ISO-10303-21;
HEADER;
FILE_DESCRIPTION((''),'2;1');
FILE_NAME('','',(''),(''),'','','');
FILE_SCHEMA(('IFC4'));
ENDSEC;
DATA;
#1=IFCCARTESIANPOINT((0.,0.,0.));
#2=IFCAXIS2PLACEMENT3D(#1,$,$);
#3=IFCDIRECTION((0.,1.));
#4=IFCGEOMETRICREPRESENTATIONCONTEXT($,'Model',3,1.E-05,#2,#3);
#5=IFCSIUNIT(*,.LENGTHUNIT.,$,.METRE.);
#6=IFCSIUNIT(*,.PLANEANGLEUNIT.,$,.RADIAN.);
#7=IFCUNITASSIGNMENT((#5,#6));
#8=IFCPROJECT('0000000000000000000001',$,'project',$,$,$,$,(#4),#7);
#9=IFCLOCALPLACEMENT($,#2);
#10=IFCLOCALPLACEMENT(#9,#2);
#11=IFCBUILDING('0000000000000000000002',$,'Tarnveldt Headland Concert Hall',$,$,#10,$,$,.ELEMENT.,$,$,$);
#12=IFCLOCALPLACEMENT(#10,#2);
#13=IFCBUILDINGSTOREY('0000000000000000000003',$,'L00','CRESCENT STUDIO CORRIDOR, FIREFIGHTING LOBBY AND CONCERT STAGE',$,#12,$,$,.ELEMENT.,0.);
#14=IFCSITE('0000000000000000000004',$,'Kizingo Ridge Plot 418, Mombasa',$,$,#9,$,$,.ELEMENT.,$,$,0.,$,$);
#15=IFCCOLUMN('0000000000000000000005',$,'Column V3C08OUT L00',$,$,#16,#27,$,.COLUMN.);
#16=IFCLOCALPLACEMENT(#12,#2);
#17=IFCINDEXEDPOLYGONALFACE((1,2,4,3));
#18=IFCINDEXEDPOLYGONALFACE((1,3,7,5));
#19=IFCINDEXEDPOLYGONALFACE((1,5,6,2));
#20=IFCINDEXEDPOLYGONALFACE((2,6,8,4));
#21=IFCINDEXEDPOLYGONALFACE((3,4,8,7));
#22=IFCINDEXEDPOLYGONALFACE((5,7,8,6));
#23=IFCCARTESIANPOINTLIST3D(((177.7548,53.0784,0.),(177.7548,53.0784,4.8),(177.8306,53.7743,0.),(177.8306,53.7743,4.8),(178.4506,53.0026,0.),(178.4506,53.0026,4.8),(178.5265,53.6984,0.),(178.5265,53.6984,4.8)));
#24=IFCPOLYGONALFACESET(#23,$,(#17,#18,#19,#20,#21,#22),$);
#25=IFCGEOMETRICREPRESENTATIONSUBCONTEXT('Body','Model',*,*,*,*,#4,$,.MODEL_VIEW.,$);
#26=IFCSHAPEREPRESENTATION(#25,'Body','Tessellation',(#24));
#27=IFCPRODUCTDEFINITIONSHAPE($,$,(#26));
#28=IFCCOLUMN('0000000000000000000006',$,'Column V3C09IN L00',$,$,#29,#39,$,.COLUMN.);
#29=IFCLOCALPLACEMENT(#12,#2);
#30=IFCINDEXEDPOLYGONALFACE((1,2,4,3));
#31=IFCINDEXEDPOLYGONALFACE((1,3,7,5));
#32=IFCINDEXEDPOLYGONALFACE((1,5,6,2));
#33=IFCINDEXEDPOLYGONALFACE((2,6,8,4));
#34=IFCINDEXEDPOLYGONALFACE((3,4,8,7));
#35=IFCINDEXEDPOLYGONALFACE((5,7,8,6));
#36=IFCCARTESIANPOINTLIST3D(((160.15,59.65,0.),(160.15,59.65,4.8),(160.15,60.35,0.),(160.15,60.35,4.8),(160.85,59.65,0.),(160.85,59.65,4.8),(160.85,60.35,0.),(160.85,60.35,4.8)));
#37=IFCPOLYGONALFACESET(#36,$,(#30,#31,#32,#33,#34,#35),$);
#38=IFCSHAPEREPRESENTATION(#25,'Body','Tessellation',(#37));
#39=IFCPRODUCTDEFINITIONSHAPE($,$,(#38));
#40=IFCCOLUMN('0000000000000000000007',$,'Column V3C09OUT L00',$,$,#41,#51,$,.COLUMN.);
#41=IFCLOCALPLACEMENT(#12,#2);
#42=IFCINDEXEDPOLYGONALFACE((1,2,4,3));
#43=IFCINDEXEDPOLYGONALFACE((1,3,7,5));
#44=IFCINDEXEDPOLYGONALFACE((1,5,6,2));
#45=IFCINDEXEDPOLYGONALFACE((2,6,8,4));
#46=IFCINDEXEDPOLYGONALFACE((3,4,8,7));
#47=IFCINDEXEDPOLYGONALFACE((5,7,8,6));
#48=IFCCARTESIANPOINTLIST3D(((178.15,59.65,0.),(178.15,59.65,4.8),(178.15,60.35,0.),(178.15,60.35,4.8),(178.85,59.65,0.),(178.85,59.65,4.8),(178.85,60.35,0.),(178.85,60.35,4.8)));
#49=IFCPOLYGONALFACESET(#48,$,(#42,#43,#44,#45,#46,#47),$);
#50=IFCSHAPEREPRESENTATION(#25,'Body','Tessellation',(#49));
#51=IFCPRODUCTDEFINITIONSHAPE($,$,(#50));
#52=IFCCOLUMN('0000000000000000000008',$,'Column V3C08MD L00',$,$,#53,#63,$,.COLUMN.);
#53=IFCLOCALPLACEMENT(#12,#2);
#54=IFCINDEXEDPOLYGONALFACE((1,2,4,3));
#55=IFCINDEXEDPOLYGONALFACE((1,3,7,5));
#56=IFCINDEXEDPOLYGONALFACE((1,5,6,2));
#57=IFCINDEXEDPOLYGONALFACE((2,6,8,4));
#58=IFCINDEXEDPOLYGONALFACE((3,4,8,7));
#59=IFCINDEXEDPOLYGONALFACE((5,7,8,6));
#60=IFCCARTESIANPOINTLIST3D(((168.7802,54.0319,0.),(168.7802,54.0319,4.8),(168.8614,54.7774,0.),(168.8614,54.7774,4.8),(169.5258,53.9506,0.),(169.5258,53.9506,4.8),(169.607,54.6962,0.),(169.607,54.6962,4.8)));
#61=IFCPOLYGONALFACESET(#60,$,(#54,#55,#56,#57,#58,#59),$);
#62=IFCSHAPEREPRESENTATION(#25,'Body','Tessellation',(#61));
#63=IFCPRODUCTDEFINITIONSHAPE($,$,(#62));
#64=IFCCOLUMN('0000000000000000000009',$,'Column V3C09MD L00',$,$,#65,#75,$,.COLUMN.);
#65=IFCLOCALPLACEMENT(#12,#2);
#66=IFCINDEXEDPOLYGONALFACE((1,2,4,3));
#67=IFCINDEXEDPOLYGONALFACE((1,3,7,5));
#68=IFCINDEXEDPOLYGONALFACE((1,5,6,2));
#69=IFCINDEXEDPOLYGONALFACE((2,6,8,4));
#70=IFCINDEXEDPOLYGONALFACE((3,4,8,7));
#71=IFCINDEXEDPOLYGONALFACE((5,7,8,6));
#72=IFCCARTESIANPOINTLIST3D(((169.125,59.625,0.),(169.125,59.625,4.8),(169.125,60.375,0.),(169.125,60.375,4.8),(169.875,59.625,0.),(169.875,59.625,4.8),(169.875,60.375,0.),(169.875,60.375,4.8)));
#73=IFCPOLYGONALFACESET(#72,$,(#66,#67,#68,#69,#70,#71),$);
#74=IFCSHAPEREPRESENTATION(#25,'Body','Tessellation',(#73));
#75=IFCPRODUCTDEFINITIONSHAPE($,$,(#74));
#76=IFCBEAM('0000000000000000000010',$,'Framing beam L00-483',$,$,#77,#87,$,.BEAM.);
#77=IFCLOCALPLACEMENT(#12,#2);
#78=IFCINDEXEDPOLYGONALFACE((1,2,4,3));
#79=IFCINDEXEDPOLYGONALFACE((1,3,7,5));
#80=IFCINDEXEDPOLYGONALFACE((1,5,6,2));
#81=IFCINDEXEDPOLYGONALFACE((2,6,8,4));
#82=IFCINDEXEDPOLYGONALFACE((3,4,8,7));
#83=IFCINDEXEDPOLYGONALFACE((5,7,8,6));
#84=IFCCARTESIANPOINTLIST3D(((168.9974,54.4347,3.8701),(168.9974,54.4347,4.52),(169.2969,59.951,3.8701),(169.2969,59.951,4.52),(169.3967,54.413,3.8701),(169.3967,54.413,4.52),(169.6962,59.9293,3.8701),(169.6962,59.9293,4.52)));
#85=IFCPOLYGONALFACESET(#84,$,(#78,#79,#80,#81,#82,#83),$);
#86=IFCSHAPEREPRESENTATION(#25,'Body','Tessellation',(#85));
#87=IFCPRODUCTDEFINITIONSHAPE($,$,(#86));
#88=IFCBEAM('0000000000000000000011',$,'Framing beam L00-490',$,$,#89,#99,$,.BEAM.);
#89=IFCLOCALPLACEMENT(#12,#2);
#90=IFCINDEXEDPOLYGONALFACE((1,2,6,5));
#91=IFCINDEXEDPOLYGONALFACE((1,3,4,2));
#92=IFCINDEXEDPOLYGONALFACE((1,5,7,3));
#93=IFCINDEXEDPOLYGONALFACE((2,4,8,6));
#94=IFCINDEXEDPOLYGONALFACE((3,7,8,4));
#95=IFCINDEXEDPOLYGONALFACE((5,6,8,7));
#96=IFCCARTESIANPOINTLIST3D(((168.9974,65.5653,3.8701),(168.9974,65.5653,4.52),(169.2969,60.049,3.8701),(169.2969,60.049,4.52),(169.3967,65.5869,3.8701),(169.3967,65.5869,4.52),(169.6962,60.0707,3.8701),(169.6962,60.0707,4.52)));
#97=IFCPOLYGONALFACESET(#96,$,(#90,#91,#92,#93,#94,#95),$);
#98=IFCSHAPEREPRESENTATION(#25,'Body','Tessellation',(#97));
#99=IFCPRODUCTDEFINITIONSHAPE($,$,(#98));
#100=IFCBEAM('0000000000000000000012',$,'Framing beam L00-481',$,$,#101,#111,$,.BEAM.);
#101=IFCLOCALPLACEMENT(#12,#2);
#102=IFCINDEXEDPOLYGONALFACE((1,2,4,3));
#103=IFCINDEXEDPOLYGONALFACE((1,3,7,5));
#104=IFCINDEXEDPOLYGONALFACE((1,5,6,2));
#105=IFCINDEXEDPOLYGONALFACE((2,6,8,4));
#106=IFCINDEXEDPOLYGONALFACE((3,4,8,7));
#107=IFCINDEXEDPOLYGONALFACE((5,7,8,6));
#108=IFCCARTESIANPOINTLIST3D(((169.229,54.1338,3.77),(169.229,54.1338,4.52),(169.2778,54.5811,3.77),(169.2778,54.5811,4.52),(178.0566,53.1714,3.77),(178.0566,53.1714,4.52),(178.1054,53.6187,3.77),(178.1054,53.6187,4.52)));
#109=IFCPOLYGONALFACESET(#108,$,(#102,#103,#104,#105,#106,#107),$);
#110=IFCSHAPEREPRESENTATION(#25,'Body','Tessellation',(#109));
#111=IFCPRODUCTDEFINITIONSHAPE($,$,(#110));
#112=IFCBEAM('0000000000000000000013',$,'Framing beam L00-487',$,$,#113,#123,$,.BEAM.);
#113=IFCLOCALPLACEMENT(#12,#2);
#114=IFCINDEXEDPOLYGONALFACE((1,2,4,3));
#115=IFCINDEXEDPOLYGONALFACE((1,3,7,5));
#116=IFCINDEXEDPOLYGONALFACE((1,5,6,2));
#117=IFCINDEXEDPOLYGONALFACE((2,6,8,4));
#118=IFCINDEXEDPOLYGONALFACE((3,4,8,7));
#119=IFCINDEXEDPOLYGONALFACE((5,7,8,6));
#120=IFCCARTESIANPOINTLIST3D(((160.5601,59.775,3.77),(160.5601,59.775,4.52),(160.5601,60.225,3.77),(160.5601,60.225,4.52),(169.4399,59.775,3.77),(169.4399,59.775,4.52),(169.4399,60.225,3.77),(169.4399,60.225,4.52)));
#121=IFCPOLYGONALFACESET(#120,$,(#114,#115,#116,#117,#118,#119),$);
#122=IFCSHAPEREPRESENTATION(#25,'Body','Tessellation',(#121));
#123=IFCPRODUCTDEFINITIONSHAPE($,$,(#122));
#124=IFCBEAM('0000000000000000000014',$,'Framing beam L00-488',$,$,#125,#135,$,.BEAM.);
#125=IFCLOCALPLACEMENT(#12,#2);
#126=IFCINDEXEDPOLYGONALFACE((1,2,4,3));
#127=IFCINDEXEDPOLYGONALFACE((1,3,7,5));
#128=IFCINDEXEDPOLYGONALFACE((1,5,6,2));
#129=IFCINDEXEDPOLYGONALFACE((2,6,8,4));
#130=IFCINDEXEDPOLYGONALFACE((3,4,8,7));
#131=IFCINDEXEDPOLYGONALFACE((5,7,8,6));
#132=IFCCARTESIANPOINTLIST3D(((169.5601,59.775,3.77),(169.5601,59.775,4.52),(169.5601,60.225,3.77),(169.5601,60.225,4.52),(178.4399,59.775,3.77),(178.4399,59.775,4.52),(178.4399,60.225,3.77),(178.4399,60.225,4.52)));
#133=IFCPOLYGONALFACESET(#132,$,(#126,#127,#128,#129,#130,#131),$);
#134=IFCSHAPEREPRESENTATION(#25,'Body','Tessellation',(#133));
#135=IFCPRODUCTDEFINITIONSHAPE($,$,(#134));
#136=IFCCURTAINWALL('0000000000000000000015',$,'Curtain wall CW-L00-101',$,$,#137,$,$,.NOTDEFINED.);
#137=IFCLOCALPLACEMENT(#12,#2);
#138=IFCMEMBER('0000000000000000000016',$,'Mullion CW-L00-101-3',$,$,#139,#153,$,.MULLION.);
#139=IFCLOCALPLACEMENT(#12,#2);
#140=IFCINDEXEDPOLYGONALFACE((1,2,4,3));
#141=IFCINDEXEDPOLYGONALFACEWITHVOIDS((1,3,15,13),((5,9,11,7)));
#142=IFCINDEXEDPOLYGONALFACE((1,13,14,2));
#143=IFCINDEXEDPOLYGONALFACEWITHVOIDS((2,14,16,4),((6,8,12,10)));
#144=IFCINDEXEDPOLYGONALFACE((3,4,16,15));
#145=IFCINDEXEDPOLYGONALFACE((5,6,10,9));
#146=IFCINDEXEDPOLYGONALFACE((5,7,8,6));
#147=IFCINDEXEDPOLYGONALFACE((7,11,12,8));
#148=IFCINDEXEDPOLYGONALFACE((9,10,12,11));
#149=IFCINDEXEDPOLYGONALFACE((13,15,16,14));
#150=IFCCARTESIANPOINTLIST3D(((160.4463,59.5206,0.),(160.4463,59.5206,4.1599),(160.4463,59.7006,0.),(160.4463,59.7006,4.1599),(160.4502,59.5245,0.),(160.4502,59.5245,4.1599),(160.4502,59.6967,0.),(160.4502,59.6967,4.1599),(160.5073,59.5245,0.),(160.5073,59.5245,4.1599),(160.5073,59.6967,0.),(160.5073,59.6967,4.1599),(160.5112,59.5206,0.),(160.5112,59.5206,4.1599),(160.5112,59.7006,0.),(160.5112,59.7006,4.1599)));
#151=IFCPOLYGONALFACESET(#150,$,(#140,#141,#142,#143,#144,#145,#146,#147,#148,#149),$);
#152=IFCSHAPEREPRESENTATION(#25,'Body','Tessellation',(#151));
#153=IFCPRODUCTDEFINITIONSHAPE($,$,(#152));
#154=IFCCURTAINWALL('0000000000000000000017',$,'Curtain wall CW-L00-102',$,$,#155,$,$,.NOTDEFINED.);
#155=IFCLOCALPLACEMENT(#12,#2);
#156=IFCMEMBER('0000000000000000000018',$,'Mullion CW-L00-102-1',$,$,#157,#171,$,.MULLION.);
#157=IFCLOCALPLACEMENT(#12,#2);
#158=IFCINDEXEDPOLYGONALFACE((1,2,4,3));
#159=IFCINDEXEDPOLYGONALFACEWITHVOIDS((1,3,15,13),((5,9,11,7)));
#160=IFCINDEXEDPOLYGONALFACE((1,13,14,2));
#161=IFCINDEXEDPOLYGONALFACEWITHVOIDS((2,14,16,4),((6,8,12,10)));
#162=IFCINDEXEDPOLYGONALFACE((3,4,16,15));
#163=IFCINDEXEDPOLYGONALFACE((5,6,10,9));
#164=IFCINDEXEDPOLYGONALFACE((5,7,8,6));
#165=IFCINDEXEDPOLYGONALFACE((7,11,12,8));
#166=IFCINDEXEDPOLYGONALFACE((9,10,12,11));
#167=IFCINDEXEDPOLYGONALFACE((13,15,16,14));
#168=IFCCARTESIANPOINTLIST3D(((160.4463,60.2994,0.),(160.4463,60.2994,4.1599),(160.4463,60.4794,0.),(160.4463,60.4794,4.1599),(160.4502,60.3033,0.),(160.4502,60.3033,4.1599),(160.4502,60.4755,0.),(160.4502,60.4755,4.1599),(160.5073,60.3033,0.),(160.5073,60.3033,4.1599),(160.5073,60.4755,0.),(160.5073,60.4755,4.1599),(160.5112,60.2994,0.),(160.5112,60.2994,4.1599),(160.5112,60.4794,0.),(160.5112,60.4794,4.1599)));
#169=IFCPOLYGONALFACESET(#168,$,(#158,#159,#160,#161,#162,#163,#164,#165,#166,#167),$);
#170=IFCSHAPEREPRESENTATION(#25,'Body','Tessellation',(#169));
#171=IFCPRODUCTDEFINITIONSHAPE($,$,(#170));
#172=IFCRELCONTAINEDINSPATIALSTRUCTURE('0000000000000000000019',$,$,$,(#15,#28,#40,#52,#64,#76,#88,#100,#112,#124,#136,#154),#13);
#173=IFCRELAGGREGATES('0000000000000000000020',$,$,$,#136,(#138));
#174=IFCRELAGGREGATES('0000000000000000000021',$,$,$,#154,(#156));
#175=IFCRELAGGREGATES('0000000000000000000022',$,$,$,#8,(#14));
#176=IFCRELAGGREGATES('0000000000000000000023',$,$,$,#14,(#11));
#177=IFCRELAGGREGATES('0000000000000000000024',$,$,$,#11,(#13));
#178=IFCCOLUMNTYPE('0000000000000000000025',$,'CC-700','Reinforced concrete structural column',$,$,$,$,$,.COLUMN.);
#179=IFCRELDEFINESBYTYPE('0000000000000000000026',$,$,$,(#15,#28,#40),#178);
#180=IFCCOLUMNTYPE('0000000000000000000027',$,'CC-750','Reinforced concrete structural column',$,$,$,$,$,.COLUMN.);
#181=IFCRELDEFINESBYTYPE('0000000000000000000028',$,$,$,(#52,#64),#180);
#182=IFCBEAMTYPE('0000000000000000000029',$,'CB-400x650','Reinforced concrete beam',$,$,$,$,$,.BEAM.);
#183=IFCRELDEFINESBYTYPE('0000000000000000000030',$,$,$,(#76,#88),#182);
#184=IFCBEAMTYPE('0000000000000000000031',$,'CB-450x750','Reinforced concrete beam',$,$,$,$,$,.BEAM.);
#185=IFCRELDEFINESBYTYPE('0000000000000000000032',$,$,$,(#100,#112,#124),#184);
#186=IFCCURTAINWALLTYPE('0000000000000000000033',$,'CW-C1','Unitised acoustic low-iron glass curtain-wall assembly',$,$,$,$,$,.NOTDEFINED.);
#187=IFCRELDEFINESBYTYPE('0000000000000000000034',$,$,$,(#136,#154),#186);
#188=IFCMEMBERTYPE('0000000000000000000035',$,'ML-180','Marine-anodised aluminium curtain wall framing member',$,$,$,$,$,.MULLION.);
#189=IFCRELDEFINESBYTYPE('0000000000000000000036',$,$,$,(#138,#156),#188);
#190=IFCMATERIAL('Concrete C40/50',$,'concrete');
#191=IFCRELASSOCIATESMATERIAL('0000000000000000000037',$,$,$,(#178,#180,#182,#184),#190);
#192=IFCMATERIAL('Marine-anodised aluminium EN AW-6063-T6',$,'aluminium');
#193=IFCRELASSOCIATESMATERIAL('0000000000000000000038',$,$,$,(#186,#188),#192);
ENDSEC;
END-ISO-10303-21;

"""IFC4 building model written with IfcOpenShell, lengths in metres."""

from ifc_helpers import new_model, si_unit, direction, frame, origin, origin_2d, place, context, subcontext, project, spatial, rectangle, hollow_rectangle, extrude, material, material_profile, profile_set, type_object, element, aggregate, save


model = new_model("IFC4")

# Units and contexts
model_context = context("Model", 3, precision=1e-05, world=origin(), true_north=direction((0.0, 1.0)))
body_context = subcontext(model_context, "Body", "Model", "MODEL_VIEW")
ifc_project = project(units=[si_unit("LENGTHUNIT", "METRE"), si_unit("PLANEANGLEUNIT", "RADIAN")], contexts=[model_context])

# Site, building, storey
site_placement = place(None, origin())
site = spatial("IfcSite", under=ifc_project, at=site_placement, Name="Kizingo Ridge Plot 418, Mombasa", CompositionType="ELEMENT", RefElevation=0.0)
building_placement = place(site_placement, origin())
building = spatial("IfcBuilding", under=site, at=building_placement, Name="Tarnveldt Headland Concert Hall", CompositionType="ELEMENT")
storey_placement = place(building_placement, origin())
storey = spatial("IfcBuildingStorey", under=building, at=storey_placement, Name="L00", Description="CRESCENT STUDIO CORRIDOR, FIREFIGHTING LOBBY AND CONCERT STAGE", CompositionType="ELEMENT", Elevation=0.0)

# Columns
ifc_material_1 = material(Name="Concrete C40/50", Category="concrete")
ifc_material_profile_1 = material_profile(ifc_material_1, rectangle(XDim=0.7, YDim=0.7, at=origin_2d()), Name="RC 700x700", Category="concrete")
ifc_profile_set_1 = profile_set([ifc_material_profile_1], Name="Concrete C40/50")
column_type_1 = type_object("IfcColumnType", Name="CC-700", Description="Reinforced concrete structural column", PredefinedType="COLUMN", material=ifc_profile_set_1)
for number, where, z_axis, x_axis, name in (
    (1, (178.1406, 53.3884, 0.0), (0.0, 0.0, 1.0), (0.994113, -0.108346, 0.0), "Column V3C08OUT L00"),
    (2, (160.5, 60.0, 0.0), (0.0, 0.0, 1.0), (1.0, 0.0, 0.0), "Column V3C09IN L00"),
    (3, (178.5, 60.0, 0.0), (0.0, 0.0, 1.0), (1.0, 0.0, 0.0), "Column V3C09OUT L00"),
):
    element("IfcColumn", number, at=place(storey_placement, frame(where, z_axis=z_axis, x_axis=x_axis)), inside=storey, type_object=column_type_1, Name=name, PredefinedType="COLUMN", context=body_context, shape_type="SweptSolid", body=[
        extrude(rectangle(XDim=0.7, YDim=0.7, at=origin_2d()), origin(), (0.0, 0.0, 1.0), 4.8),
    ])
ifc_material_profile_2 = material_profile(ifc_material_1, rectangle(XDim=0.75, YDim=0.75, at=origin_2d()), Name="RC 750x750", Category="concrete")
ifc_profile_set_2 = profile_set([ifc_material_profile_2], Name="Concrete C40/50")
column_type_2 = type_object("IfcColumnType", Name="CC-750", Description="Reinforced concrete structural column", PredefinedType="COLUMN", material=ifc_profile_set_2)
for number, where, z_axis, x_axis, name in (
    (4, (169.1936, 54.364, 0.0), (0.0, 0.0, 1.0), (0.994113, -0.108346, 0.0), "Column V3C08MD L00"),
    (5, (169.5, 60.0, 0.0), (0.0, 0.0, 1.0), (1.0, 0.0, 0.0), "Column V3C09MD L00"),
):
    element("IfcColumn", number, at=place(storey_placement, frame(where, z_axis=z_axis, x_axis=x_axis)), inside=storey, type_object=column_type_2, Name=name, PredefinedType="COLUMN", context=body_context, shape_type="SweptSolid", body=[
        extrude(rectangle(XDim=0.75, YDim=0.75, at=origin_2d()), origin(), (0.0, 0.0, 1.0), 4.8),
    ])

# Beams
ifc_material_profile_3 = material_profile(ifc_material_1, rectangle(XDim=0.3999, YDim=0.6499, at=origin_2d()), Name="RC 400x650", Category="concrete")
ifc_profile_set_3 = profile_set([ifc_material_profile_3], Name="Concrete C40/50")
beam_type_1 = type_object("IfcBeamType", Name="CB-400x650", Description="Reinforced concrete beam", PredefinedType="BEAM", material=ifc_profile_set_3)
for number, where, z_axis, x_axis, name in (
    (6, (169.197, 54.4238, 4.1951), (0.054224, 0.998529, 0.0), (-0.998529, 0.054224, 0.0), "Framing beam L00-483"),
    (7, (169.4966, 60.0598, 4.1951), (-0.054224, 0.998529, 0.0), (-0.998529, -0.054224, 0.0), "Framing beam L00-490"),
):
    element("IfcBeam", number, at=place(storey_placement, frame(where, z_axis=z_axis, x_axis=x_axis)), inside=storey, type_object=beam_type_1, Name=name, PredefinedType="BEAM", context=body_context, shape_type="SweptSolid", body=[
        extrude(rectangle(XDim=0.3999, YDim=0.6499, at=origin_2d()), origin(), (0.0, 0.0, 1.0), 5.5244),
    ])
ifc_material_profile_4 = material_profile(ifc_material_1, rectangle(XDim=0.45, YDim=0.75, at=origin_2d()), Name="RC 450x750", Category="concrete")
ifc_profile_set_4 = profile_set([ifc_material_profile_4], Name="Concrete C40/50")
beam_type_2 = type_object("IfcBeamType", Name="CB-450x750", Description="Reinforced concrete beam", PredefinedType="BEAM", material=ifc_profile_set_4)
for number, where, z_axis, x_axis, name in (
    (8, (169.2534, 54.3574, 4.145), (0.99411, -0.108379, 0.0), (0.108379, 0.99411, 0.0), "Framing beam L00-481"),
    (9, (160.5601, 60.0, 4.145), (1.0, 0.0, 0.0), (0.0, 1.0, 0.0), "Framing beam L00-487"),
    (10, (169.5601, 60.0, 4.145), (1.0, 0.0, 0.0), (0.0, 1.0, 0.0), "Framing beam L00-488"),
):
    element("IfcBeam", number, at=place(storey_placement, frame(where, z_axis=z_axis, x_axis=x_axis)), inside=storey, type_object=beam_type_2, Name=name, PredefinedType="BEAM", context=body_context, shape_type="SweptSolid", body=[
        extrude(rectangle(XDim=0.45, YDim=0.75, at=origin_2d()), origin(), (0.0, 0.0, 1.0), 8.8799),
    ])

# Curtain walls, members
ifc_material_2 = material(Name="Marine-anodised aluminium EN AW-6063-T6", Category="aluminium")
curtain_wall_type = type_object("IfcCurtainWallType", Name="CW-C1", Description="Unitised acoustic low-iron glass curtain-wall assembly", PredefinedType="NOTDEFINED", material=ifc_material_2)
curtain_wall_1_placement = place(storey_placement, origin())
curtain_wall_1 = element("IfcCurtainWall", 11, at=curtain_wall_1_placement, inside=storey, type_object=curtain_wall_type, Name="Curtain wall CW-L00-101", PredefinedType="NOTDEFINED")
ifc_material_profile_5 = material_profile(ifc_material_2, hollow_rectangle(XDim=0.0649, YDim=0.1799, WallThickness=0.0039, at=origin_2d()), Name="ALU MULLION 65x180x4", Category="aluminium")
ifc_profile_set_5 = profile_set([ifc_material_profile_5], Name="Marine-anodised aluminium EN AW-6063-T6")
member_type_1 = type_object("IfcMemberType", Name="ML-180", Description="Marine-anodised aluminium curtain wall framing member", PredefinedType="MULLION", material=ifc_profile_set_5)
member_1_placement = place(storey_placement, frame((160.4788, 59.6106, 0.0), z_axis=(0.0, 0.0, 1.0), x_axis=(1.0, 0.0, 0.0)))
member_1 = element("IfcMember", 12, at=member_1_placement, type_object=member_type_1, Name="Mullion CW-L00-101-3", PredefinedType="MULLION", context=body_context, shape_type="SweptSolid", body=[
    extrude(hollow_rectangle(XDim=0.0649, YDim=0.1799, WallThickness=0.0039, at=origin_2d()), origin(), (0.0, 0.0, 1.0), 4.1599),
])
aggregate(curtain_wall_1, [member_1])
curtain_wall_2_placement = place(storey_placement, origin())
curtain_wall_2 = element("IfcCurtainWall", 13, at=curtain_wall_2_placement, inside=storey, type_object=curtain_wall_type, Name="Curtain wall CW-L00-102", PredefinedType="NOTDEFINED")
member_2_placement = place(storey_placement, frame((160.4788, 60.3894, 0.0), z_axis=(0.0, 0.0, 1.0), x_axis=(1.0, 0.0, 0.0)))
member_2 = element("IfcMember", 14, at=member_2_placement, type_object=member_type_1, Name="Mullion CW-L00-102-1", PredefinedType="MULLION", context=body_context, shape_type="SweptSolid", body=[
    extrude(hollow_rectangle(XDim=0.0649, YDim=0.1799, WallThickness=0.0039, at=origin_2d()), origin(), (0.0, 0.0, 1.0), 4.1599),
])

aggregate(curtain_wall_2, [member_2])

save(model, "model.ifc")
